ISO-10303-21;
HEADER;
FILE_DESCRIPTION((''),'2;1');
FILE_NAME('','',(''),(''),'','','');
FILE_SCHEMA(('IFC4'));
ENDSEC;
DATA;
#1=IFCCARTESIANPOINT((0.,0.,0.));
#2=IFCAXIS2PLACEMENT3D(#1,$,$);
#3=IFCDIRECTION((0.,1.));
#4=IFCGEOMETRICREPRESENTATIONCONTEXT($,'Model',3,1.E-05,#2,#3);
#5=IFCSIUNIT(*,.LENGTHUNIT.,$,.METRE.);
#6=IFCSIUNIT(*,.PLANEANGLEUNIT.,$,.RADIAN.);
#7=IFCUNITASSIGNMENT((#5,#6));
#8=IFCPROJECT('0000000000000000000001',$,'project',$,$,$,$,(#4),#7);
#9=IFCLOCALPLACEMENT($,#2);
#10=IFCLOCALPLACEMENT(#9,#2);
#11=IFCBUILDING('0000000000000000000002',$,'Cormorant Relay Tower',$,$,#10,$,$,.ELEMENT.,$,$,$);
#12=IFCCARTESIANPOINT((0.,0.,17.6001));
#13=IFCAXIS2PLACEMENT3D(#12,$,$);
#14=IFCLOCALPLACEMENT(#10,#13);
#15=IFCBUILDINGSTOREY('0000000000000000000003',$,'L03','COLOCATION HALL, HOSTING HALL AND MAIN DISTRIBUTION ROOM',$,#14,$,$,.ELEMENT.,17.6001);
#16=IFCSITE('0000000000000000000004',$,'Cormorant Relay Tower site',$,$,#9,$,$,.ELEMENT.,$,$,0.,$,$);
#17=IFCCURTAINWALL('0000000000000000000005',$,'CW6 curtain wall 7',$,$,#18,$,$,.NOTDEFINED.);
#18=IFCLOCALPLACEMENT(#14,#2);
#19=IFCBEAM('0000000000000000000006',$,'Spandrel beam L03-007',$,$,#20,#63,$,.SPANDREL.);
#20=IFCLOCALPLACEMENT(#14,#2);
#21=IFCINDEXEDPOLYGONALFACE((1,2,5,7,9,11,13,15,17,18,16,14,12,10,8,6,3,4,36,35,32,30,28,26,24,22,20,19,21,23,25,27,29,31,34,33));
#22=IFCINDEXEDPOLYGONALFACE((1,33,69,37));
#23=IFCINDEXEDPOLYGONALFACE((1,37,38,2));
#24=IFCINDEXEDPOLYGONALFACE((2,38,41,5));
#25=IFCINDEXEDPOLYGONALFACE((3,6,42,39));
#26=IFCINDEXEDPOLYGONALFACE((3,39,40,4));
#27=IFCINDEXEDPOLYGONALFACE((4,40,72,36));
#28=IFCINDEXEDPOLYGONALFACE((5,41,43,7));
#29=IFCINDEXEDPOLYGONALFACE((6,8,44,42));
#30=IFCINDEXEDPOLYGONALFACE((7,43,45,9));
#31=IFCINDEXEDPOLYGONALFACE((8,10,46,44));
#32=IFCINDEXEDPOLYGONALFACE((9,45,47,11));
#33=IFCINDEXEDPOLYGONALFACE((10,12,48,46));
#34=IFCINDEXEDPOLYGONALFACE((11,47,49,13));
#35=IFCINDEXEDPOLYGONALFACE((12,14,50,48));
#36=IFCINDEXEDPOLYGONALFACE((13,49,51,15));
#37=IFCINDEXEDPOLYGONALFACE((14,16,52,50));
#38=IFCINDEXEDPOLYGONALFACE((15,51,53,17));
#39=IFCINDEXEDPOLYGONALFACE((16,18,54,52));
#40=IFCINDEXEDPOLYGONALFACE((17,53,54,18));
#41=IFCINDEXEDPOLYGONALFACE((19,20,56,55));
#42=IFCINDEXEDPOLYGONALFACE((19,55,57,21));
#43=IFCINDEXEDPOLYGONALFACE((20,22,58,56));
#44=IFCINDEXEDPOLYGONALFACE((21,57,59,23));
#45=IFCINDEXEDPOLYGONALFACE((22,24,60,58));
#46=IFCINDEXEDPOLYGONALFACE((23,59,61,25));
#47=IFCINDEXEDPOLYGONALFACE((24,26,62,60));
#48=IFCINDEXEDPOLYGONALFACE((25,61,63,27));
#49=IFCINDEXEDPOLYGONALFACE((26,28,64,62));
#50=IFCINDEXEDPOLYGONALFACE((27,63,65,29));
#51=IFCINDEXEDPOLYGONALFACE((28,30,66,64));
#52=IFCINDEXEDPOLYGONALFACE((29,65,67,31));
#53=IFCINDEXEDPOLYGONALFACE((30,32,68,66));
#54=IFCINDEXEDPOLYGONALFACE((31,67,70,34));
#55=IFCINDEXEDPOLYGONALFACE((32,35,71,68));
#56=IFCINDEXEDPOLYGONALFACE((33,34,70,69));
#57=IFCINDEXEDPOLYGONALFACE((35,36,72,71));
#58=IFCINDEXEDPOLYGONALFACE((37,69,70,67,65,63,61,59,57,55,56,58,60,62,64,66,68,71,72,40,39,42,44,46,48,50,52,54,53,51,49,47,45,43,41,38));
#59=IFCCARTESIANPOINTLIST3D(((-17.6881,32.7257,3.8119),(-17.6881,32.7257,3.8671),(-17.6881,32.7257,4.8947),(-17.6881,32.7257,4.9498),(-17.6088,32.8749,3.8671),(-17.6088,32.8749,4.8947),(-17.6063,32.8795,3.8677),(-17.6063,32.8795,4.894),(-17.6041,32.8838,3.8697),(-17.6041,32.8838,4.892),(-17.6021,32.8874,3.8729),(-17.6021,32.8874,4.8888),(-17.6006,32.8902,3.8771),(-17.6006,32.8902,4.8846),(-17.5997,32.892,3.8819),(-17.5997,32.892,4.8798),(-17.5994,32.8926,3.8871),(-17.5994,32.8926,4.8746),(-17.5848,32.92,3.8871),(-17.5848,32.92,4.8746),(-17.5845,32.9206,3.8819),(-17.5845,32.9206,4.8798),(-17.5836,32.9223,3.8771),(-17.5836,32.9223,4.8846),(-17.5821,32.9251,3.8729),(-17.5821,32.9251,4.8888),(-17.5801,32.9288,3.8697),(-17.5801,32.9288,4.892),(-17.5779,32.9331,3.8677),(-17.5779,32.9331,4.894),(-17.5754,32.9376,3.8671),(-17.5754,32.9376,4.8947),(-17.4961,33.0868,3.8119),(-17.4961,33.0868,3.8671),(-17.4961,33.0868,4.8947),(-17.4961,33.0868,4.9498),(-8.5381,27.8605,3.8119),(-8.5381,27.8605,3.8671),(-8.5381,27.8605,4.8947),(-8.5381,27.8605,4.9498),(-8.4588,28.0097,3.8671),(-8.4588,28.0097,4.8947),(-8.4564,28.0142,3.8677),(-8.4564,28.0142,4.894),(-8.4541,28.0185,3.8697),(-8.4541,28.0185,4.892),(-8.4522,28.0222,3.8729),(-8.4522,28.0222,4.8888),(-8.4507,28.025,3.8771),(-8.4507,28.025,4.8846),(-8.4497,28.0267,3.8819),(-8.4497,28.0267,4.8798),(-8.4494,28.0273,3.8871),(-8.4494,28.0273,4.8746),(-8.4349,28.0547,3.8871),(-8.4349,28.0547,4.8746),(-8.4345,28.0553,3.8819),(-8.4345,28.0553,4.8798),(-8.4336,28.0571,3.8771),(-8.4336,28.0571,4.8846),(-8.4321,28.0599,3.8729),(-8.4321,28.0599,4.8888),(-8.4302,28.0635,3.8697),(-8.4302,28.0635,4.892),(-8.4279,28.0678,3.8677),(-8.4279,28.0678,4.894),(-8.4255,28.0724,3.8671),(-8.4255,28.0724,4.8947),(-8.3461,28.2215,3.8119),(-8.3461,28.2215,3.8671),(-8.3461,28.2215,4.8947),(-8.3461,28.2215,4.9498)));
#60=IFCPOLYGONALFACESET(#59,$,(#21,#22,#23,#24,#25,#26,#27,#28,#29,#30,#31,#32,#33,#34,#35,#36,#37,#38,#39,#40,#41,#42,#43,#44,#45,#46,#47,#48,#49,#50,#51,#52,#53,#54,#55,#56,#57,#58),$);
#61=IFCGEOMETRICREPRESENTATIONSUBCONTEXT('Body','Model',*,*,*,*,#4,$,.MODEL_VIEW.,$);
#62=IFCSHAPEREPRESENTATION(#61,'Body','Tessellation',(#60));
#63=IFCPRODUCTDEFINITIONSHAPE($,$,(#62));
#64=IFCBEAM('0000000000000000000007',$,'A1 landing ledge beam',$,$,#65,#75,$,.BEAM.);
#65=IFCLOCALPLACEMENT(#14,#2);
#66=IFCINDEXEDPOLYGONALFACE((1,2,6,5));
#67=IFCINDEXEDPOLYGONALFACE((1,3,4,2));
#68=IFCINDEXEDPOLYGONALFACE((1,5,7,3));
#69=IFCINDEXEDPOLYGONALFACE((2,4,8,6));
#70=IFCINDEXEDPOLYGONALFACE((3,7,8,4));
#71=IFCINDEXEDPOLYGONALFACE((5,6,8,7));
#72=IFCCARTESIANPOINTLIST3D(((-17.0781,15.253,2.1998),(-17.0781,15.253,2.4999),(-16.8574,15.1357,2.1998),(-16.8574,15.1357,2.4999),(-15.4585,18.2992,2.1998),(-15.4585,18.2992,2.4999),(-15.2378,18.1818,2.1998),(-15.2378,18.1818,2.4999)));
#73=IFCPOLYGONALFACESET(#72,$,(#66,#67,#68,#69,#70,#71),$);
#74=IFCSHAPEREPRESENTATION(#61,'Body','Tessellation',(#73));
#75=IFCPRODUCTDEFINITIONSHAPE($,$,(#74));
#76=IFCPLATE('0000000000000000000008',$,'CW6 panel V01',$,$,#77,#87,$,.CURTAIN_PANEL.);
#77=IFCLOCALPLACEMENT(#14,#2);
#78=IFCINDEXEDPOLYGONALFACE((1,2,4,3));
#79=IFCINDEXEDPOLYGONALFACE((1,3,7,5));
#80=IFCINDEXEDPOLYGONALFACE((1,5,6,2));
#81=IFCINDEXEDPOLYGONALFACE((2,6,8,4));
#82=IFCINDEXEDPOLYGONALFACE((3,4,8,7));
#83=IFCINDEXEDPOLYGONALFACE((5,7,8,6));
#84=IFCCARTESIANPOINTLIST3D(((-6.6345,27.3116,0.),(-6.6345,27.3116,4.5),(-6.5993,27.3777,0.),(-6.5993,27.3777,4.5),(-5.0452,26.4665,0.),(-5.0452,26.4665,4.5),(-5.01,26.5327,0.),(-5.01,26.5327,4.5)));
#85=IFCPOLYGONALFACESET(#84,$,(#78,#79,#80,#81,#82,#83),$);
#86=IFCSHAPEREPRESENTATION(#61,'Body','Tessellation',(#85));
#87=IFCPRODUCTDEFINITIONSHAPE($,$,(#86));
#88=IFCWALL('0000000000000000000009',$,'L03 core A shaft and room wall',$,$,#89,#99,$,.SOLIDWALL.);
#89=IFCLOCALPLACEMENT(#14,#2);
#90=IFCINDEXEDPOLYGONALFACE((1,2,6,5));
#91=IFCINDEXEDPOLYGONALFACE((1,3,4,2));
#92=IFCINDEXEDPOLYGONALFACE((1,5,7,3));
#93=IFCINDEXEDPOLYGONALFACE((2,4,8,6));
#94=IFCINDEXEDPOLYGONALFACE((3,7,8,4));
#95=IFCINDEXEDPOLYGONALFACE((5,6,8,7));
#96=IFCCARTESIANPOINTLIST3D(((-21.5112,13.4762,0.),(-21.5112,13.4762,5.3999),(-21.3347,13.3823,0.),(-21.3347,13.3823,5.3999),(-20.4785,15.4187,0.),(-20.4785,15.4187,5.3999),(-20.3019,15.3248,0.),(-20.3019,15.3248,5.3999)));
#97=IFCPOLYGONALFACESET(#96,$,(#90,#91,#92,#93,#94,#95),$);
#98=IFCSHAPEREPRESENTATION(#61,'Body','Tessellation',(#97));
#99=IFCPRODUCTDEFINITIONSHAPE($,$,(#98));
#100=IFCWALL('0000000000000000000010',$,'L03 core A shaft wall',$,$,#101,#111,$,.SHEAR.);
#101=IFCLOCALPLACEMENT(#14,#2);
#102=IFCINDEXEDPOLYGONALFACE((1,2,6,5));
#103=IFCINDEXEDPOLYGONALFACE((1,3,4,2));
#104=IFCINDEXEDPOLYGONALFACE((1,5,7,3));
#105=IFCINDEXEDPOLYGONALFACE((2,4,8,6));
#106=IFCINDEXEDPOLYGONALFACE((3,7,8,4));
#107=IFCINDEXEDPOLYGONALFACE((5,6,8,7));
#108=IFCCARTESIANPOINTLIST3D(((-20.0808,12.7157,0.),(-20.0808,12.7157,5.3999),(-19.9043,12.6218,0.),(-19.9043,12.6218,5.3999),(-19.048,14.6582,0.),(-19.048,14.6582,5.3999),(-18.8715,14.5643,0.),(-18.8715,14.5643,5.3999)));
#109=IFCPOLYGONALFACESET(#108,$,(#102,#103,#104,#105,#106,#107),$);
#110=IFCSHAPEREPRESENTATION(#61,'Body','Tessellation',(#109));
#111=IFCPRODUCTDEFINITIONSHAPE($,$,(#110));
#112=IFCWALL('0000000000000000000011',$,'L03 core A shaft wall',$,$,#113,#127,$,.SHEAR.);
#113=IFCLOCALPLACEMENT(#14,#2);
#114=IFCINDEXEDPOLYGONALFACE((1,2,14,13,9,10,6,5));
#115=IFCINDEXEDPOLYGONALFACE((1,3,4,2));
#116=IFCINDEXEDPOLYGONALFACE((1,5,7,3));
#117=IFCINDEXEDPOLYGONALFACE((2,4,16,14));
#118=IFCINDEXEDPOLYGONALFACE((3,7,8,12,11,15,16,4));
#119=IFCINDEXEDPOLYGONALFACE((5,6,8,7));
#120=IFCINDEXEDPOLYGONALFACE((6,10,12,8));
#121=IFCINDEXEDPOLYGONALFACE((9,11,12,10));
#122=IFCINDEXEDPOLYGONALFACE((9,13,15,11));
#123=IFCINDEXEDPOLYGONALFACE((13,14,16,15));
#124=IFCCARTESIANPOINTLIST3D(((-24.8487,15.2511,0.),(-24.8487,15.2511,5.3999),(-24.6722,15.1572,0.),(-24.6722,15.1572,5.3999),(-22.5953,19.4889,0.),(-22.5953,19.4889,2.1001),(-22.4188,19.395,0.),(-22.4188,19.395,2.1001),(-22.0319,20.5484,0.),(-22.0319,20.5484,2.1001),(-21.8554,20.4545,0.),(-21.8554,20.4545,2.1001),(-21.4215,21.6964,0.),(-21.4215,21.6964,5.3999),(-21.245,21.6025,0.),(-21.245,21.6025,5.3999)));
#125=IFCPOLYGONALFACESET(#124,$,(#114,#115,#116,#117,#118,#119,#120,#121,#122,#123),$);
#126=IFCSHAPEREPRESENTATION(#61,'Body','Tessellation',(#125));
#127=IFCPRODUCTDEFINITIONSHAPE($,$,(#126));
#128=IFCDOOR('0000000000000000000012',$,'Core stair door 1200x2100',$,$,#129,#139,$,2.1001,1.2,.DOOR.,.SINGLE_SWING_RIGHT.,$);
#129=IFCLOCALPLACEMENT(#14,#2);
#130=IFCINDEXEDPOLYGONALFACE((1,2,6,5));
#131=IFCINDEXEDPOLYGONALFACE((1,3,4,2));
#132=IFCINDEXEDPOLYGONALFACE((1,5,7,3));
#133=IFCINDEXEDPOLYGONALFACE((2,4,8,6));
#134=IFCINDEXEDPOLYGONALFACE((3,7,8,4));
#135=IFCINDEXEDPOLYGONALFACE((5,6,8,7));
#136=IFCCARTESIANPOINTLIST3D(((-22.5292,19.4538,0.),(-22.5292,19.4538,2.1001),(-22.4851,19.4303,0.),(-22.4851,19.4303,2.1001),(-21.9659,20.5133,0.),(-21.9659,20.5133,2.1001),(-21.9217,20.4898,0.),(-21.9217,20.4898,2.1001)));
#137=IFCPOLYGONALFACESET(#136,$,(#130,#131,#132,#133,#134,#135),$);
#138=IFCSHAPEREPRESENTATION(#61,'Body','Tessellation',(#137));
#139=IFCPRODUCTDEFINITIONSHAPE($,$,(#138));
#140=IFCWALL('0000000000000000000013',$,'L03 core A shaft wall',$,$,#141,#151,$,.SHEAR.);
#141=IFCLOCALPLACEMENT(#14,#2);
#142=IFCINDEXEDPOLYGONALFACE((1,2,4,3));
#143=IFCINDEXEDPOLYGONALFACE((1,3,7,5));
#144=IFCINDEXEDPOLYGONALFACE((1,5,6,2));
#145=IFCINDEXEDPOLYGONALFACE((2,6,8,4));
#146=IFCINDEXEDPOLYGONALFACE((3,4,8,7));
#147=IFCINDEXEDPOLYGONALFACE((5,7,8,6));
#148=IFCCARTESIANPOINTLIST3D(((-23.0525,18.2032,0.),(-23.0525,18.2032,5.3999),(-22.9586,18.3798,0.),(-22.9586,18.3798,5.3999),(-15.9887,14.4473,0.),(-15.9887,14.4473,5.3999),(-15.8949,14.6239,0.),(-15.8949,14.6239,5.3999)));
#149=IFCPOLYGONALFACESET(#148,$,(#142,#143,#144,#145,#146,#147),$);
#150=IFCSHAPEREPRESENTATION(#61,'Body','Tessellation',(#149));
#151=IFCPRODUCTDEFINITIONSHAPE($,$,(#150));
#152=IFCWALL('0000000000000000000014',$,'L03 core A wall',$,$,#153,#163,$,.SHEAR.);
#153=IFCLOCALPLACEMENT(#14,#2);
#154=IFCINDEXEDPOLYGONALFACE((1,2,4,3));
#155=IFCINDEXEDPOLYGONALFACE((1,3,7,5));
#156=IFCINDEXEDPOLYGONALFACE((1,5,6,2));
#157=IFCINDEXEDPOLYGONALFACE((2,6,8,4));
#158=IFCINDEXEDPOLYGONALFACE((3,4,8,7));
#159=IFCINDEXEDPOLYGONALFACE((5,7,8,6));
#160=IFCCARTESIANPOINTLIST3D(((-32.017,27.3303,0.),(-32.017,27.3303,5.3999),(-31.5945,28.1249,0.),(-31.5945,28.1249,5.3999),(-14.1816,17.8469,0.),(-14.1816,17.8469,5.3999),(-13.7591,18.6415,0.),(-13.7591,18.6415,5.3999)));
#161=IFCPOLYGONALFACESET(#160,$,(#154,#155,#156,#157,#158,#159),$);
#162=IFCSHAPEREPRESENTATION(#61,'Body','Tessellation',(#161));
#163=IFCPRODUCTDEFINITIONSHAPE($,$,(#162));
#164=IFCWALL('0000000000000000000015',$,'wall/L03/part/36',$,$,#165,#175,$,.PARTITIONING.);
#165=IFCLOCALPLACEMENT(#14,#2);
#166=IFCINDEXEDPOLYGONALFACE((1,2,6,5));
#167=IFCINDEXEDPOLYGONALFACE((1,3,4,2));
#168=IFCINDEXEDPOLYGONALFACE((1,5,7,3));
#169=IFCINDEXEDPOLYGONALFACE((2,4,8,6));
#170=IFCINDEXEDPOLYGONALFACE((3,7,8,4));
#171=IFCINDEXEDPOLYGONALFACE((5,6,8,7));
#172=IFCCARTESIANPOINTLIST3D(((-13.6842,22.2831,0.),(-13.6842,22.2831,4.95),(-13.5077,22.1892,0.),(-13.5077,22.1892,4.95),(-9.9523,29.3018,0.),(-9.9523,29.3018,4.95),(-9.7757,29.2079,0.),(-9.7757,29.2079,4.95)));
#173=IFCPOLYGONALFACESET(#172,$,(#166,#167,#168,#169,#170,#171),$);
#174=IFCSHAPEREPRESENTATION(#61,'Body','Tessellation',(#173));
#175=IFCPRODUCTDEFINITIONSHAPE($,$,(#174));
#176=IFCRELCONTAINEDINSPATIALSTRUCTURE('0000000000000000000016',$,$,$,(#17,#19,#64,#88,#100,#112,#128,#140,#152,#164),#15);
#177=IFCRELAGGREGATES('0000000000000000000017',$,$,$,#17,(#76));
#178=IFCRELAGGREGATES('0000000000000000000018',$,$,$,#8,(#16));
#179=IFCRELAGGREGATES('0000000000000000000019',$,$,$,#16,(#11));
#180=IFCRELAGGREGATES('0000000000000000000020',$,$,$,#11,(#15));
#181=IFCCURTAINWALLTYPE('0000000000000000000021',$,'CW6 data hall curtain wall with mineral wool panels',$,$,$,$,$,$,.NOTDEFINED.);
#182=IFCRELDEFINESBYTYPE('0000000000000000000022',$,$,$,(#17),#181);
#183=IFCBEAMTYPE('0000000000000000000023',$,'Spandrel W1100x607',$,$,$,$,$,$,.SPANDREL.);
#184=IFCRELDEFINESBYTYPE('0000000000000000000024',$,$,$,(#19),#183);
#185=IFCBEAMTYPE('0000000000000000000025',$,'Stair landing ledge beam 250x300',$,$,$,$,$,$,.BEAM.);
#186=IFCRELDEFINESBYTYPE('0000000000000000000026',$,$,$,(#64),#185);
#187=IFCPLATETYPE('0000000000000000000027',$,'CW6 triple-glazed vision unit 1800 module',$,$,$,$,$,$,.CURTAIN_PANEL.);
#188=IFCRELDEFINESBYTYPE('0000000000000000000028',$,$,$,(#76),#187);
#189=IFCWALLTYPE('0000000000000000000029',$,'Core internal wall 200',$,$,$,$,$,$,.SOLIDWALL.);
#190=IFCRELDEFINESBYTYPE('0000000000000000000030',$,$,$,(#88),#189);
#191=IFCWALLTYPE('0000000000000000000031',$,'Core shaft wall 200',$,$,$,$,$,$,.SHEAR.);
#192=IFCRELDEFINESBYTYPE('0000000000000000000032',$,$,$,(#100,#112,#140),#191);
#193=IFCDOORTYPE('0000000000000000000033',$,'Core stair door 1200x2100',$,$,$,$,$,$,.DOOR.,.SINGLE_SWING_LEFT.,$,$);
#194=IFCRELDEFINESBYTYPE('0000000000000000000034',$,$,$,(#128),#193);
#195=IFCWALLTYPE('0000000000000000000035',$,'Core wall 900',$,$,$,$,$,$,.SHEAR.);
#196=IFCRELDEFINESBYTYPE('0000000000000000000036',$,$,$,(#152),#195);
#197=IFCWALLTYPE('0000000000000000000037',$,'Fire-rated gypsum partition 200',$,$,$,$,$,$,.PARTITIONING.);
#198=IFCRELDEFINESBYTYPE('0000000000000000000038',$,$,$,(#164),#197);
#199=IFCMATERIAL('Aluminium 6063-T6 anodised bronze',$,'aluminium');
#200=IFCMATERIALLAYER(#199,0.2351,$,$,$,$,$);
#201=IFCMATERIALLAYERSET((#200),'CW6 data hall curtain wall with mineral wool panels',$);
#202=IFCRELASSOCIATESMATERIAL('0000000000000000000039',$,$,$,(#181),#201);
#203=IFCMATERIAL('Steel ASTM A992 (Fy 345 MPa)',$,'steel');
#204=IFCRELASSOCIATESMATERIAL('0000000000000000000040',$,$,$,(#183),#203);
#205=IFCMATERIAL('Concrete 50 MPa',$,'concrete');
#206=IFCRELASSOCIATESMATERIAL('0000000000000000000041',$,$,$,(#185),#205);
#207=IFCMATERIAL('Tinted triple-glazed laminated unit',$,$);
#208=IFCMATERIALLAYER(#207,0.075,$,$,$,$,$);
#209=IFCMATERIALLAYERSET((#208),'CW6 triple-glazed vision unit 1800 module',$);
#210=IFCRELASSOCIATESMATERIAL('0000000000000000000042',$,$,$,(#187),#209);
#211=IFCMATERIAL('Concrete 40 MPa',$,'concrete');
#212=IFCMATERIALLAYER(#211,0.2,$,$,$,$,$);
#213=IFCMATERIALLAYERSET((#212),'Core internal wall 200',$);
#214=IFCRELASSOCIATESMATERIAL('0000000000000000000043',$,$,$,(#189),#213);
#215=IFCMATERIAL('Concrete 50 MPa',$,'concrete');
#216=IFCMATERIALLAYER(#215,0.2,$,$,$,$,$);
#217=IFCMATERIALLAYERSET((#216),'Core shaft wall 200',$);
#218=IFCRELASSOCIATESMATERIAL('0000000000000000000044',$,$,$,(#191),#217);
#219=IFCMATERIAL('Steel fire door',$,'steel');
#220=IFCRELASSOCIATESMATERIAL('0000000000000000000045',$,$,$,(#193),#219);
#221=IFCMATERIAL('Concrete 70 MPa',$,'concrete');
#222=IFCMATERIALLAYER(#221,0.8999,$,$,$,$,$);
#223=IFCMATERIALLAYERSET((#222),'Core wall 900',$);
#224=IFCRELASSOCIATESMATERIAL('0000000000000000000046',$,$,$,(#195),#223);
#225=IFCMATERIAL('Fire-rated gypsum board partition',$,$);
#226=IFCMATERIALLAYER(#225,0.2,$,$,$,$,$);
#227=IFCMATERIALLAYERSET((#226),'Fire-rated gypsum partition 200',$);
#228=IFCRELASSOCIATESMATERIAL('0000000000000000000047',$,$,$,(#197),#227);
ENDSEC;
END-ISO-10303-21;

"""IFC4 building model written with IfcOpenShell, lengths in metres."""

from ifc_helpers import new_model, si_unit, direction, frame, frame_2d, origin, origin_2d, place, context, subcontext, project, spatial, rectangle, i_section, extrude, material, layer, layer_set, material_profile, profile_set, type_object, element, fill, aggregate, save


model = new_model("IFC4")

# Units and contexts
model_context = context("Model", 3, precision=1e-05, world=origin(), true_north=direction((0.0, 1.0)))
body_context = subcontext(model_context, "Body", "Model", "MODEL_VIEW")
ifc_project = project(units=[si_unit("LENGTHUNIT", "METRE"), si_unit("PLANEANGLEUNIT", "RADIAN")], contexts=[model_context])

# Site, building, storey
site_placement = place(None, origin())
site = spatial("IfcSite", under=ifc_project, at=site_placement, Name="Cormorant Relay Tower site", CompositionType="ELEMENT", RefElevation=0.0)
building_placement = place(site_placement, origin())
building = spatial("IfcBuilding", under=site, at=building_placement, Name="Cormorant Relay Tower", CompositionType="ELEMENT")
storey_placement = place(building_placement, frame((0.0, 0.0, 17.6001)))
storey = spatial("IfcBuildingStorey", under=building, at=storey_placement, Name="L03", Description="COLOCATION HALL, HOSTING HALL AND MAIN DISTRIBUTION ROOM", CompositionType="ELEMENT", Elevation=17.6001)

# Curtain wall
ifc_material_1 = material(Name="Aluminium 6063-T6 anodised bronze", Category="aluminium")
ifc_layer_1 = layer(ifc_material_1, 0.2351)
ifc_layer_set_1 = layer_set([ifc_layer_1], Name="CW6 data hall curtain wall with mineral wool panels")
curtain_wall_type = type_object("IfcCurtainWallType", Name="CW6 data hall curtain wall with mineral wool panels", PredefinedType="NOTDEFINED", material=ifc_layer_set_1)
curtain_wall_placement = place(storey_placement, origin())
curtain_wall = element("IfcCurtainWall", 1, at=curtain_wall_placement, inside=storey, type_object=curtain_wall_type, Name="CW6 curtain wall 7", PredefinedType="NOTDEFINED")

# Beams
ifc_material_2 = material(Name="Steel ASTM A992 (Fy 345 MPa)", Category="steel")
ifc_material_profile_1 = material_profile(ifc_material_2, i_section(OverallWidth=0.4089, OverallDepth=1.1379, WebThickness=0.031, FlangeThickness=0.0552, FilletRadius=0.02, at=origin_2d()), Name="W1100x607")
ifc_profile_set_1 = profile_set([ifc_material_profile_1], Name="Steel ASTM A992 (Fy 345 MPa)")
beam_type_1 = type_object("IfcBeamType", Name="Spandrel W1100x607", PredefinedType="SPANDREL", material=ifc_profile_set_1)
beam_1_placement = place(storey_placement, frame((-8.4421, 28.041, 4.3809), z_axis=(-0.882942, 0.469482, 0.0), x_axis=(-0.469482, -0.882942, 0.0)))
element("IfcBeam", 2, at=beam_1_placement, inside=storey, type_object=beam_type_1, Name="Spandrel beam L03-007", PredefinedType="SPANDREL", context=body_context, shape_type="SweptSolid", body=[
    extrude(i_section(OverallWidth=0.4089, OverallDepth=1.1379, WebThickness=0.031, FlangeThickness=0.0552, FilletRadius=0.02, at=origin_2d()), origin(), (0.0, 0.0, 1.0), 10.363),
])
ifc_material_3 = material(Name="Concrete 50 MPa", Category="concrete")
ifc_material_profile_2 = material_profile(ifc_material_3, rectangle(XDim=0.25, YDim=0.3, at=origin_2d()), Name="RC 250x300")
ifc_profile_set_2 = profile_set([ifc_material_profile_2], Name="Concrete 50 MPa")
beam_type_2 = type_object("IfcBeamType", Name="Stair landing ledge beam 250x300", PredefinedType="BEAM", material=ifc_profile_set_2)
beam_2_placement = place(storey_placement, frame((-16.9678, 15.1943, 2.3499), z_axis=(0.469464, 0.882952, 0.0), x_axis=(-0.882952, 0.469464, 0.0)))
element("IfcBeam", 3, at=beam_2_placement, inside=storey, type_object=beam_type_2, Name="A1 landing ledge beam", PredefinedType="BEAM", context=body_context, shape_type="SweptSolid", body=[
    extrude(rectangle(XDim=0.25, YDim=0.3, at=origin_2d()), origin(), (0.0, 0.0, 1.0), 3.45),
])

# Plate
ifc_material_4 = material(Name="Tinted triple-glazed laminated unit")
ifc_layer_2 = layer(ifc_material_4, 0.075)
ifc_layer_set_2 = layer_set([ifc_layer_2], Name="CW6 triple-glazed vision unit 1800 module")
plate_type = type_object("IfcPlateType", Name="CW6 triple-glazed vision unit 1800 module", PredefinedType="CURTAIN_PANEL", material=ifc_layer_set_2)
plate_placement = place(storey_placement, frame((-5.8223, 26.9221, 0.0), z_axis=(0.0, 0.0, 1.0), x_axis=(-0.882948, 0.469472, 0.0)))
plate = element("IfcPlate", 4, at=plate_placement, type_object=plate_type, Name="CW6 panel V01", PredefinedType="CURTAIN_PANEL", context=body_context, shape_type="SweptSolid", body=[
    extrude(rectangle(XDim=1.8, YDim=0.075, at=origin_2d()), origin(), (0.0, 0.0, 1.0), 4.5),
])

# Walls
ifc_material_5 = material(Name="Concrete 40 MPa", Category="concrete")
ifc_layer_3 = layer(ifc_material_5, 0.2)
ifc_layer_set_3 = layer_set([ifc_layer_3], Name="Core internal wall 200")
wall_type_1 = type_object("IfcWallType", Name="Core internal wall 200", PredefinedType="SOLIDWALL", material=ifc_layer_set_3)
wall_1_placement = place(storey_placement, frame((-20.3901, 15.3718, 0.0), z_axis=(0.0, 0.0, 1.0), x_axis=(-0.469447, -0.88296, 0.0)))
element("IfcWall", 5, at=wall_1_placement, inside=storey, type_object=wall_type_1, Name="L03 core A shaft and room wall", PredefinedType="SOLIDWALL", context=body_context, shape_type="SweptSolid", body=[
    extrude(rectangle(XDim=2.2, YDim=0.2, at=frame_2d((1.1001, 0.0))), origin(), (0.0, 0.0, 1.0), 5.3999),
])
ifc_material_6 = material(Name="Concrete 50 MPa", Category="concrete")
ifc_layer_4 = layer(ifc_material_6, 0.2)
ifc_layer_set_4 = layer_set([ifc_layer_4], Name="Core shaft wall 200")
wall_type_2 = type_object("IfcWallType", Name="Core shaft wall 200", PredefinedType="SHEAR", material=ifc_layer_set_4)
wall_2_placement = place(storey_placement, frame((-18.9597, 14.6113, 0.0), z_axis=(0.0, 0.0, 1.0), x_axis=(-0.469447, -0.88296, 0.0)))
element("IfcWall", 6, at=wall_2_placement, inside=storey, type_object=wall_type_2, Name="L03 core A shaft wall", PredefinedType="SHEAR", context=body_context, shape_type="SweptSolid", body=[
    extrude(rectangle(XDim=2.2, YDim=0.2, at=frame_2d((1.1001, 0.0))), origin(), (0.0, 0.0, 1.0), 5.3999),
])

# Wall, opening, door
wall_3_placement = place(storey_placement, frame((-21.3333, 21.6494, 0.0), z_axis=(0.0, 0.0, 1.0), x_axis=(-0.469494, -0.882936, 0.0)))
wall_3 = element("IfcWall", 7, at=wall_3_placement, inside=storey, type_object=wall_type_2, Name="L03 core A shaft wall", PredefinedType="SHEAR", context=body_context, shape_type="SweptSolid", body=[
    extrude(rectangle(XDim=7.2998, YDim=0.2, at=frame_2d((3.6499, 0.0))), origin(), (0.0, 0.0, 1.0), 5.3999),
])
opening_1_placement = place(wall_3_placement, frame((1.3, 0.0, 0.0)))
opening_1 = element("IfcOpeningElement", 8, at=opening_1_placement, cuts=wall_3, PredefinedType="OPENING", context=body_context, shape_type="SweptSolid", body=[
    extrude(rectangle(XDim=1.2, YDim=2.1001, at=frame_2d((0.6001, 1.05))), frame((0.0, 0.1099, 0.0), z_axis=(0.0, -1.0, 0.0), x_axis=(1.0, 0.0, 0.0)), (0.0, 0.0, 1.0), 0.22),
])
ifc_material_7 = material(Name="Steel fire door", Category="steel")
door_type_1 = type_object("IfcDoorType", Name="Core stair door 1200x2100", OperationType="SINGLE_SWING_LEFT", PredefinedType="DOOR", material=ifc_material_7)
door_1_placement = place(opening_1_placement, origin())
door_1 = element("IfcDoor", 9, at=door_1_placement, inside=storey, type_object=door_type_1, Name="Core stair door 1200x2100", OperationType="SINGLE_SWING_RIGHT", OverallHeight=2.1001, OverallWidth=1.2, PredefinedType="DOOR", context=body_context, shape_type="SweptSolid", body=[
    extrude(rectangle(XDim=1.2, YDim=2.1001, at=frame_2d((0.6001, 1.05))), frame((0.0, 0.0249, 0.0), z_axis=(0.0, -1.0, 0.0), x_axis=(1.0, 0.0, 0.0)), (0.0, 0.0, 1.0), 0.05),
])
fill(opening_1, door_1)

# Wall
wall_4_placement = place(storey_placement, frame((-15.9419, 14.5356, 0.0), z_axis=(0.0, 0.0, 1.0), x_axis=(-0.882947, 0.469473, 0.0)))
element("IfcWall", 10, at=wall_4_placement, inside=storey, type_object=wall_type_2, Name="L03 core A shaft wall", PredefinedType="SHEAR", context=body_context, shape_type="SweptSolid", body=[
    extrude(rectangle(XDim=8.0002, YDim=0.2, at=frame_2d((4.0, 0.0))), origin(), (0.0, 0.0, 1.0), 5.3999),
])

# Shared definitions
ifc_material_8 = material(Name="Concrete 70 MPa", Category="concrete")
ifc_layer_5 = layer(ifc_material_8, 0.8999)
ifc_layer_set_5 = layer_set([ifc_layer_5], Name="Core wall 900")
wall_type_3 = type_object("IfcWallType", Name="Core wall 900", PredefinedType="SHEAR", material=ifc_layer_set_5)

# Walls
wall_5_placement = place(storey_placement, frame((-13.9702, 18.2441, 0.0), z_axis=(0.0, 0.0, 1.0), x_axis=(-0.882945, 0.469476, 0.0)))
element("IfcWall", 11, at=wall_5_placement, inside=storey, type_object=wall_type_3, Name="L03 core A wall", PredefinedType="SHEAR", context=body_context, shape_type="SweptSolid", body=[
    extrude(rectangle(XDim=20.2, YDim=0.8999, at=frame_2d((10.1001, 0.0))), origin(), (0.0, 0.0, 1.0), 5.3999),
])
ifc_material_9 = material(Name="Fire-rated gypsum board partition")
ifc_layer_6 = layer(ifc_material_9, 0.2)
ifc_layer_set_6 = layer_set([ifc_layer_6], Name="Fire-rated gypsum partition 200")
wall_type_4 = type_object("IfcWallType", Name="Fire-rated gypsum partition 200", PredefinedType="PARTITIONING", material=ifc_layer_set_6)
wall_6_placement = place(storey_placement, frame((-9.864, 29.2549, 0.0), z_axis=(0.0, 0.0, 1.0), x_axis=(-0.469469, -0.882949, 0.0)))
element("IfcWall", 12, at=wall_6_placement, inside=storey, type_object=wall_type_4, Name="wall/L03/part/36", PredefinedType="PARTITIONING", context=body_context, shape_type="SweptSolid", body=[
    extrude(rectangle(XDim=7.9492, YDim=0.2, at=frame_2d((3.9746, 0.0))), origin(), (0.0, 0.0, 1.0), 4.95),
])

aggregate(curtain_wall, [plate])

save(model, "model.ifc")
